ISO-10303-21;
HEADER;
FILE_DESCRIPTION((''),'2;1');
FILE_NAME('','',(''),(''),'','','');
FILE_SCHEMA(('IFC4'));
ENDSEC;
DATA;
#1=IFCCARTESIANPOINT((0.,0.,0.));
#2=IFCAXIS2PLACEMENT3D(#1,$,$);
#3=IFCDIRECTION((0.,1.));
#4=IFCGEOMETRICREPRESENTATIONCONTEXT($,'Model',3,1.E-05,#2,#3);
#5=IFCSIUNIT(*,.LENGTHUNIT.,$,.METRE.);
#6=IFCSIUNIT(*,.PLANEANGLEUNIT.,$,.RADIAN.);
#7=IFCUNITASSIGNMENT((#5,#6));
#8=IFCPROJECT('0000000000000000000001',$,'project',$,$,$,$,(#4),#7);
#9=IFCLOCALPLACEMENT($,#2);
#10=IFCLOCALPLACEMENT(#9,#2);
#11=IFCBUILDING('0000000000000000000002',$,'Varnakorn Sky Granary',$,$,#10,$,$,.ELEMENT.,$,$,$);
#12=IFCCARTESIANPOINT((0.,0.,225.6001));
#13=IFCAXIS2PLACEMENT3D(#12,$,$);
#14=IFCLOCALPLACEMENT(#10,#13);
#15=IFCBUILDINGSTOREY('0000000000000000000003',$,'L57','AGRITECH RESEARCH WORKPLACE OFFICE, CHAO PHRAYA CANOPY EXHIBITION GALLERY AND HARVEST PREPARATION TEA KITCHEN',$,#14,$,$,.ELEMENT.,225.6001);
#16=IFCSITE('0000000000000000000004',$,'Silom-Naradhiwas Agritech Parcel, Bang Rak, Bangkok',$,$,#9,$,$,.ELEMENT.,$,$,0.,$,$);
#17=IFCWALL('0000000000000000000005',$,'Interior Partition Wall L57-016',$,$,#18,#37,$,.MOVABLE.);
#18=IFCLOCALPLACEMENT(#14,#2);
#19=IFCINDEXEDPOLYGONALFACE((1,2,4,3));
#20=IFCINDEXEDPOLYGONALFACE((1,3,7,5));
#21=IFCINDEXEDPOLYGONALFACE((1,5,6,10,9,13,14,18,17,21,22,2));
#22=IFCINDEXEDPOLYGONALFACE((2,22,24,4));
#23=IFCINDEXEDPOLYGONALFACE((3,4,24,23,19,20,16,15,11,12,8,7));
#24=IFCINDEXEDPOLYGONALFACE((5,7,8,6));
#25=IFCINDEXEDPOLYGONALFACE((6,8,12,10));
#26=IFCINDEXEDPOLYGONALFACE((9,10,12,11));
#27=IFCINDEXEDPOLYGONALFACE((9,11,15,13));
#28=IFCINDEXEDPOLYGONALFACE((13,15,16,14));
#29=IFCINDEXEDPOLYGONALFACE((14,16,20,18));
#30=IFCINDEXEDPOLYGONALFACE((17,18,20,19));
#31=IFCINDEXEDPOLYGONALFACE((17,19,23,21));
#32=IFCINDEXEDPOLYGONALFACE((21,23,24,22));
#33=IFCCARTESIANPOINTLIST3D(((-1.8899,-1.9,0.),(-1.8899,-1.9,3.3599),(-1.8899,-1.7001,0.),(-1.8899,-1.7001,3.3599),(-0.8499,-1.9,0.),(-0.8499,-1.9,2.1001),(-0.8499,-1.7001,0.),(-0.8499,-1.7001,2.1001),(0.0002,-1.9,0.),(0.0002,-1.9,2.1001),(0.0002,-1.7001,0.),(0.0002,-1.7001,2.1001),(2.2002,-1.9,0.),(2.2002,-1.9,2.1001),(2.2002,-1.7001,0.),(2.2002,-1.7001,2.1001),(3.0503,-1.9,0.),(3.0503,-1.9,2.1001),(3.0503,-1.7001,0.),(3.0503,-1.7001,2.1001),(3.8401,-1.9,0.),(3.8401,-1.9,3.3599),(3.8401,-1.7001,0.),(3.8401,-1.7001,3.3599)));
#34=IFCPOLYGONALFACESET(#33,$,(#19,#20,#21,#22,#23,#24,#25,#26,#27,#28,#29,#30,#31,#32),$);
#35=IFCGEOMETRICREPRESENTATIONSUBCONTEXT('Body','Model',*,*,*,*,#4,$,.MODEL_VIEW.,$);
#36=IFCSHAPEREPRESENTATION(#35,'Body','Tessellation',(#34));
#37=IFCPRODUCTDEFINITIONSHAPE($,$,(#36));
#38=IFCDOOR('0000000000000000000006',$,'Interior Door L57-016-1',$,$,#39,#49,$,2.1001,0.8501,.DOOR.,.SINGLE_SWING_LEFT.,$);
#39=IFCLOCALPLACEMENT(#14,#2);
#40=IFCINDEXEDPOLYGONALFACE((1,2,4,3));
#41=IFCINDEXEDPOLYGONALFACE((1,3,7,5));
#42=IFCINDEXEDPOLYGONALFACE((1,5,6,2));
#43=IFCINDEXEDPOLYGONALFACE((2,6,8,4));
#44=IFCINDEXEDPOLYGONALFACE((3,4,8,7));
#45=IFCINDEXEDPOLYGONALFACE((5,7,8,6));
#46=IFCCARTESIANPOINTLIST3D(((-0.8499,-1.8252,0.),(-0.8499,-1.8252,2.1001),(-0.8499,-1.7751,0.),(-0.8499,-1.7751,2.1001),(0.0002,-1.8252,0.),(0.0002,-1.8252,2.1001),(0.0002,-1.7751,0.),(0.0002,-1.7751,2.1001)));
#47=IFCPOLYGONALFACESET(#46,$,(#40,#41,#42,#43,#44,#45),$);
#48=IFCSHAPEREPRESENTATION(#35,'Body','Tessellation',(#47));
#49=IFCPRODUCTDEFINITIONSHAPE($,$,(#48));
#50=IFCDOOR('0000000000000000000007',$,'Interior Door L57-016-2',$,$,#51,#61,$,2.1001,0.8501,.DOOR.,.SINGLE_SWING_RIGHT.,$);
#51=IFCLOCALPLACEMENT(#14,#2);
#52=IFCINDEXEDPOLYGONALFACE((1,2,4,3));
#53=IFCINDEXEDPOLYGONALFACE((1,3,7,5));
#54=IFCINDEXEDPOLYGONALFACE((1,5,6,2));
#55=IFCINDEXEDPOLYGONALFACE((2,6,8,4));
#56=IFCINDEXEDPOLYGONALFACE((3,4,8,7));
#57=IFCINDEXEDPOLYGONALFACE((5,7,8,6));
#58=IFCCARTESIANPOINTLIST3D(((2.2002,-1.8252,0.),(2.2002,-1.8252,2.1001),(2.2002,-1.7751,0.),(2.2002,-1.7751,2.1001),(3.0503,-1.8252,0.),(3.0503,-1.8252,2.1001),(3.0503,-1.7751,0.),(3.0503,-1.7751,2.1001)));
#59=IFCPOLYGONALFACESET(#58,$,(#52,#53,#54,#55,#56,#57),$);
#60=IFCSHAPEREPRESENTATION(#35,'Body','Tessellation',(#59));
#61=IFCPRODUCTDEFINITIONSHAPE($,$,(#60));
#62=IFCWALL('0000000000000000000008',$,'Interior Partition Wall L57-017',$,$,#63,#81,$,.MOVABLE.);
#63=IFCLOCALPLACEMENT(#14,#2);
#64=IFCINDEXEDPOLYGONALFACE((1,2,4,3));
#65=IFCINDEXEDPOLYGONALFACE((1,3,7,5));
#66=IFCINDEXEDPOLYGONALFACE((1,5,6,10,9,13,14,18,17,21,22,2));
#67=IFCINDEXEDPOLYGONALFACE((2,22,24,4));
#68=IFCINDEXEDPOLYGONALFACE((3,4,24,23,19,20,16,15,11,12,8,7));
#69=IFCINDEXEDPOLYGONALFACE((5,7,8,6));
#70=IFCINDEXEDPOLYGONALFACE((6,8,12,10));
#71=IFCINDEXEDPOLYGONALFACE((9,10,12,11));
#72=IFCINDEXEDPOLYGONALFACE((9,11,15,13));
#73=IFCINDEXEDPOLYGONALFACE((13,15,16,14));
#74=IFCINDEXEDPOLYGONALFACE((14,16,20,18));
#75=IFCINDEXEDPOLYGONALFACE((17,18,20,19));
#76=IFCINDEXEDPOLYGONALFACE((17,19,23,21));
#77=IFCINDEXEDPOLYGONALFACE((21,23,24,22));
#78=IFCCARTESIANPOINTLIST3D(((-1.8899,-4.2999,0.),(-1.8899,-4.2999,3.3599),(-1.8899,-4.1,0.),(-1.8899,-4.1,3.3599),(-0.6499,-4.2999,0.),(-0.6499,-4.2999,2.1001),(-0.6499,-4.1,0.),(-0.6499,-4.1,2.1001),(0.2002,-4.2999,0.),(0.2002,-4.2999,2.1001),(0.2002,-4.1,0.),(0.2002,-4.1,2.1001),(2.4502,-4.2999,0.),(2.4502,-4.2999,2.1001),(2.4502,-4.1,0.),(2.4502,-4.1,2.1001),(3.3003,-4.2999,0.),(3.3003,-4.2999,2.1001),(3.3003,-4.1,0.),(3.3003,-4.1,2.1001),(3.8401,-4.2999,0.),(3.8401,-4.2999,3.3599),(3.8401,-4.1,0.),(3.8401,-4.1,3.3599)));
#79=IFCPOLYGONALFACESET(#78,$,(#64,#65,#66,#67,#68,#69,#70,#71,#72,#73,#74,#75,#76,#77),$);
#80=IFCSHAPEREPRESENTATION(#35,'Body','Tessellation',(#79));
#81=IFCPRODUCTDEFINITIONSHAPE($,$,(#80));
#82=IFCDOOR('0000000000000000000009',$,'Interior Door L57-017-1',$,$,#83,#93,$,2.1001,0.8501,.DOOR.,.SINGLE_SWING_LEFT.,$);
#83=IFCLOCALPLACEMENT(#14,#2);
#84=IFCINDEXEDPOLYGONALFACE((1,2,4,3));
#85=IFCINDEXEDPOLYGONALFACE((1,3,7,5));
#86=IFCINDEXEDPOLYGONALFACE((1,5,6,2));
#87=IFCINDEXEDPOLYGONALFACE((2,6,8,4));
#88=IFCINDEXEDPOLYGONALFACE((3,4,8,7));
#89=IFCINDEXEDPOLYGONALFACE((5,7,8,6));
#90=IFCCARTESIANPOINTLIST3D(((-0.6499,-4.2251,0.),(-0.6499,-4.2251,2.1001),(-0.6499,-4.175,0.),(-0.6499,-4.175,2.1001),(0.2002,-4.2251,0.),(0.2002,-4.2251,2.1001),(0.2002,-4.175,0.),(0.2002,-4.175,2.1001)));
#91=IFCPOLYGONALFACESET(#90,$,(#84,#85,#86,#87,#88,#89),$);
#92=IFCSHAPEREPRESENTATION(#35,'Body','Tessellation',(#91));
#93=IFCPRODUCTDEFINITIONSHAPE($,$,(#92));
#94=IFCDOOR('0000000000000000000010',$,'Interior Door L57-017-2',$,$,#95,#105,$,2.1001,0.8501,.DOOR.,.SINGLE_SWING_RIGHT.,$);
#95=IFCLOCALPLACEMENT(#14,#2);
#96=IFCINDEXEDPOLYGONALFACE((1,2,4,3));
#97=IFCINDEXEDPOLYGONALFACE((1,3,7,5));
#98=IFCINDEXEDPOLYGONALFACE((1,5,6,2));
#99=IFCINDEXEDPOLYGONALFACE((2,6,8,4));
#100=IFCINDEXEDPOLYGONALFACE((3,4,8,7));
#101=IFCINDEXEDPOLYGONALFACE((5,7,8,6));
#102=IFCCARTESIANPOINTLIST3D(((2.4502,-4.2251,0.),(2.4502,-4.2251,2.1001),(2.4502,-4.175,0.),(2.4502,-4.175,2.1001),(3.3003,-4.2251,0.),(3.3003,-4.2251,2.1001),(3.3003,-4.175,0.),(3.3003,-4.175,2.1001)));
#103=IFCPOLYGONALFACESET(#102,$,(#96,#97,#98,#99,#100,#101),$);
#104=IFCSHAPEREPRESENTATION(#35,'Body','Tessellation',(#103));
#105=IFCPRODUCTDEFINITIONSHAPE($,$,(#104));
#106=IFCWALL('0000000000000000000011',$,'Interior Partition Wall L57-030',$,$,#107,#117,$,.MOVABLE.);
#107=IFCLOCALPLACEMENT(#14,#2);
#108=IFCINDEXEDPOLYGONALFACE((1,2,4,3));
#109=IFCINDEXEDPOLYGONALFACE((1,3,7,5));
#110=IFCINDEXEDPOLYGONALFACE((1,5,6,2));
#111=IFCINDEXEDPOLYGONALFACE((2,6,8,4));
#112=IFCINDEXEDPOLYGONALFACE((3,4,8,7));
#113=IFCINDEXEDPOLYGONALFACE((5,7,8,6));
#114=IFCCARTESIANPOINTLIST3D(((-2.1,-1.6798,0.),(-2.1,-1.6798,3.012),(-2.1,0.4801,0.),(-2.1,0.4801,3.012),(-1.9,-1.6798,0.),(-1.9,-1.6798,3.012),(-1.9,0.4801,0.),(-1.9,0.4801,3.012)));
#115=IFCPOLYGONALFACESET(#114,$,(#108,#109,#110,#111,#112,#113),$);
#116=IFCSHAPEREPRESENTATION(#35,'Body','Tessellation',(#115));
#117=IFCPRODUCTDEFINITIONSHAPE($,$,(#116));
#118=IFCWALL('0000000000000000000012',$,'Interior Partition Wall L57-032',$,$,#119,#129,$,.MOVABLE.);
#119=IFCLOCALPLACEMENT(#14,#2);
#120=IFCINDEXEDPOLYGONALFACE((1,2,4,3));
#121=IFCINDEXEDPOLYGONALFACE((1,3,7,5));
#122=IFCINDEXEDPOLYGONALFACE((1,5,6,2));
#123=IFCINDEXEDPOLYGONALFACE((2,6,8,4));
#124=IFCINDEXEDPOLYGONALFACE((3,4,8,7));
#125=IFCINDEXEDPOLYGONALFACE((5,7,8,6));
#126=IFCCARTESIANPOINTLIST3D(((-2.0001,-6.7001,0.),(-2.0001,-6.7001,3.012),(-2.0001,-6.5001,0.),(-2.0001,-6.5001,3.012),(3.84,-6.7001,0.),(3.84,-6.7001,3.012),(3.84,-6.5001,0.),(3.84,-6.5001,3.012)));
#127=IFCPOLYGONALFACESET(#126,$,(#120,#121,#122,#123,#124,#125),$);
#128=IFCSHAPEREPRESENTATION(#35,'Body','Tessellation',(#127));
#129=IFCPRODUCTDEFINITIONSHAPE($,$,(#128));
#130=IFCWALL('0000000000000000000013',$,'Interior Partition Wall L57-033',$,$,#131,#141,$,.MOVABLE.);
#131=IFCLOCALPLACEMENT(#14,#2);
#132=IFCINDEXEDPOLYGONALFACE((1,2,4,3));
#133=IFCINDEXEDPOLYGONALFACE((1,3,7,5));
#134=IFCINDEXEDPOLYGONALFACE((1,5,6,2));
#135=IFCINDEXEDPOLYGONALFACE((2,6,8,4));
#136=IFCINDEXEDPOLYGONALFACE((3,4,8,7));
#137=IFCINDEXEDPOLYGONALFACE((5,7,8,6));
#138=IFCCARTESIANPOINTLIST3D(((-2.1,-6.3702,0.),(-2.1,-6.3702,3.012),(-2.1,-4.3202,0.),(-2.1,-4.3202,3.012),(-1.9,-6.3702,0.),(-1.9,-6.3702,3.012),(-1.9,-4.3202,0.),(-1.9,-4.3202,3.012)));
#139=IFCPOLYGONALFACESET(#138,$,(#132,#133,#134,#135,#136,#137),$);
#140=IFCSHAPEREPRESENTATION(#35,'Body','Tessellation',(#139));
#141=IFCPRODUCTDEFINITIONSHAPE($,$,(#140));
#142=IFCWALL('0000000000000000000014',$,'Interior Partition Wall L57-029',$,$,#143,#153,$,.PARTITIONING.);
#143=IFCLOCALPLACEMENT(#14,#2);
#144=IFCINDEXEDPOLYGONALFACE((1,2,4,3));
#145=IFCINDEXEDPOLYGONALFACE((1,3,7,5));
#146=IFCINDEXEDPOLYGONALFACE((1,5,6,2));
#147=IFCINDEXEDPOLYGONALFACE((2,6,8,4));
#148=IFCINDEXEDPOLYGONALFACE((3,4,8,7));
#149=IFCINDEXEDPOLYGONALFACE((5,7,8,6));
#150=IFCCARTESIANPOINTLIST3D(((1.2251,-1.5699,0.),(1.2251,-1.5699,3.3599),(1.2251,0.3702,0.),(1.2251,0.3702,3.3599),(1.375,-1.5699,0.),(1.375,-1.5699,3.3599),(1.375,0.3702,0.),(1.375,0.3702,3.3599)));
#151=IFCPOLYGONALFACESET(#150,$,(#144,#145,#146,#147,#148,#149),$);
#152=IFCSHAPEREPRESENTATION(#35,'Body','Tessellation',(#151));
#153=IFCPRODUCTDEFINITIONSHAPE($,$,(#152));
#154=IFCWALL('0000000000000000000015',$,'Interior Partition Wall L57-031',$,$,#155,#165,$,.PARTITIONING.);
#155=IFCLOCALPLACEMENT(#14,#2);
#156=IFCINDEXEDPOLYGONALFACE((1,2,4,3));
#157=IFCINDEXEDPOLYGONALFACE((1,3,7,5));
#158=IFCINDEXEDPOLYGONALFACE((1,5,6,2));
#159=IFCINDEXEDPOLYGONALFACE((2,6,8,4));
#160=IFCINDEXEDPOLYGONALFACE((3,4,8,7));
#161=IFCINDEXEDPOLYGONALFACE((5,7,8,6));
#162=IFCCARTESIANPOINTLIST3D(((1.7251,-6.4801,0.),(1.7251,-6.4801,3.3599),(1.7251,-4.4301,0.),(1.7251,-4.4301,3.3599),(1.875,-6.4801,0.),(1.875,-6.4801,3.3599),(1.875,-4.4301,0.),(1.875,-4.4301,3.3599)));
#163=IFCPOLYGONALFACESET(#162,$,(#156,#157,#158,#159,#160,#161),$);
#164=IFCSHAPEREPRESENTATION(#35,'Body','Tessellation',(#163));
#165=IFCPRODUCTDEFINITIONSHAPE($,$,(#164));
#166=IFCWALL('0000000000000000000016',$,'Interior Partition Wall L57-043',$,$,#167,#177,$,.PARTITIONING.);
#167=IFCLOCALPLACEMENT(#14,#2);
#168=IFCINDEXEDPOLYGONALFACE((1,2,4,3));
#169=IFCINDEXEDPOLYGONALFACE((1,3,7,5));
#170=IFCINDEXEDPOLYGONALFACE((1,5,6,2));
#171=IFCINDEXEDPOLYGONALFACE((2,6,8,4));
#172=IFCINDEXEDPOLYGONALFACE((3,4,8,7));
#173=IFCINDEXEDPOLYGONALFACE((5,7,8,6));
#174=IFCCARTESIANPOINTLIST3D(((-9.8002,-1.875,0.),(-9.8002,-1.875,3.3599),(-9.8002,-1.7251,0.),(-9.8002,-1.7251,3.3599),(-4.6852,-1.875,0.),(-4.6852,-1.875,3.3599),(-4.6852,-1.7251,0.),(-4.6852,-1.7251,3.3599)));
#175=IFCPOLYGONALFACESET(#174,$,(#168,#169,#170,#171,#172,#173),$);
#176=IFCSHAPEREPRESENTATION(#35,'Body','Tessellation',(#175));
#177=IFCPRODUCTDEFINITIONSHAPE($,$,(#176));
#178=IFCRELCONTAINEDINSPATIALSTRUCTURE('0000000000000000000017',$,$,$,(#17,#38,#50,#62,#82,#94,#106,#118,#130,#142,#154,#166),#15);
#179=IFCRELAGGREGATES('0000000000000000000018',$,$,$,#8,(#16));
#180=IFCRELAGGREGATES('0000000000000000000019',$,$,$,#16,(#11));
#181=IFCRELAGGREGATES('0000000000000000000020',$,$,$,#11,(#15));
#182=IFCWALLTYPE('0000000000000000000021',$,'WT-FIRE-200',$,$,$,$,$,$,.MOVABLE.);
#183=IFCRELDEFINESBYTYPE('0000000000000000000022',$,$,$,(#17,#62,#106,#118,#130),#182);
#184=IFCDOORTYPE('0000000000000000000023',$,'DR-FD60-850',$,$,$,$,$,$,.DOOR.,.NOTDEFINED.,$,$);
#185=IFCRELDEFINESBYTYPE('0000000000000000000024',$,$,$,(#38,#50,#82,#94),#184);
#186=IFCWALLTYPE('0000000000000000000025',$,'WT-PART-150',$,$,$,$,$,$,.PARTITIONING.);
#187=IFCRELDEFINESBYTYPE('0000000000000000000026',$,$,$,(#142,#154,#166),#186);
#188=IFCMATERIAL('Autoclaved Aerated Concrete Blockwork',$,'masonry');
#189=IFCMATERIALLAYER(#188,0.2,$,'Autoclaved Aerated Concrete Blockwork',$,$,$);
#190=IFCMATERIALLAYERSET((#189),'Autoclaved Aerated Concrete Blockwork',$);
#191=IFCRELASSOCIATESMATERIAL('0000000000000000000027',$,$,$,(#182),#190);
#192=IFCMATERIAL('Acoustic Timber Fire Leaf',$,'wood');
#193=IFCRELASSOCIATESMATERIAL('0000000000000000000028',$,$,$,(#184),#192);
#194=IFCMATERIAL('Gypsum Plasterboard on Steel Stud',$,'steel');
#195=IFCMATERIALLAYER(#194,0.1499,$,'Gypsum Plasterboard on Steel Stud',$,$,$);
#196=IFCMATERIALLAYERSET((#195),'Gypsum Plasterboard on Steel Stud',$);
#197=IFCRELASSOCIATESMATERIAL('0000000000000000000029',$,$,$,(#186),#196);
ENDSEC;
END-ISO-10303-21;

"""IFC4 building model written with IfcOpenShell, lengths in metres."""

from ifc_helpers import new_model, si_unit, direction, frame, frame_2d, origin, place, context, subcontext, project, spatial, rectangle, extrude, material, layer, layer_set, type_object, element, fill, save


model = new_model("IFC4")

# Units and contexts
model_context = context("Model", 3, precision=1e-05, world=origin(), true_north=direction((0.0, 1.0)))
body_context = subcontext(model_context, "Body", "Model", "MODEL_VIEW")
ifc_project = project(units=[si_unit("LENGTHUNIT", "METRE"), si_unit("PLANEANGLEUNIT", "RADIAN")], contexts=[model_context])

# Site, building, storey
site_placement = place(None, origin())
site = spatial("IfcSite", under=ifc_project, at=site_placement, Name="Silom-Naradhiwas Agritech Parcel, Bang Rak, Bangkok", CompositionType="ELEMENT", RefElevation=0.0)
building_placement = place(site_placement, origin())
building = spatial("IfcBuilding", under=site, at=building_placement, Name="Varnakorn Sky Granary", CompositionType="ELEMENT")
storey_placement = place(building_placement, frame((0.0, 0.0, 225.6001)))
storey = spatial("IfcBuildingStorey", under=building, at=storey_placement, Name="L57", Description="AGRITECH RESEARCH WORKPLACE OFFICE, CHAO PHRAYA CANOPY EXHIBITION GALLERY AND HARVEST PREPARATION TEA KITCHEN", CompositionType="ELEMENT", Elevation=225.6001)

# Shared definitions
ifc_material_1 = material(Name="Autoclaved Aerated Concrete Blockwork", Category="masonry")
ifc_layer_1 = layer(ifc_material_1, 0.2, Name="Autoclaved Aerated Concrete Blockwork")
ifc_layer_set_1 = layer_set([ifc_layer_1], Name="Autoclaved Aerated Concrete Blockwork")
wall_type_1 = type_object("IfcWallType", Name="WT-FIRE-200", PredefinedType="MOVABLE", material=ifc_layer_set_1)
ifc_material_2 = material(Name="Acoustic Timber Fire Leaf", Category="wood")

# Walls, openings, doors
wall_1_placement = place(storey_placement, frame((-1.8899, -1.8, 0.0), z_axis=(0.0, 0.0, 1.0), x_axis=(1.0, 0.0, 0.0)))
wall_1 = element("IfcWall", 1, at=wall_1_placement, inside=storey, type_object=wall_type_1, Name="Interior Partition Wall L57-016", PredefinedType="MOVABLE", context=body_context, shape_type="SweptSolid", body=[
    extrude(rectangle(XDim=5.73, YDim=0.2, at=frame_2d((2.865, 0.0))), origin(), (0.0, 0.0, 1.0), 3.3599),
])
opening_1_placement = place(wall_1_placement, frame((1.04, 0.0, 0.0)))
opening_1 = element("IfcOpeningElement", 2, at=opening_1_placement, cuts=wall_1, PredefinedType="OPENING", context=body_context, shape_type="SweptSolid", body=[
    extrude(rectangle(XDim=0.8501, YDim=2.1001, at=frame_2d((0.425, 1.05))), frame((0.0, 0.1099, 0.0), z_axis=(0.0, -1.0, 0.0), x_axis=(1.0, 0.0, 0.0)), (0.0, 0.0, 1.0), 0.22),
])
opening_2_placement = place(wall_1_placement, frame((4.0901, 0.0, 0.0)))
opening_2 = element("IfcOpeningElement", 3, at=opening_2_placement, cuts=wall_1, PredefinedType="OPENING", context=body_context, shape_type="SweptSolid", body=[
    extrude(rectangle(XDim=0.8501, YDim=2.1001, at=frame_2d((0.425, 1.05))), frame((0.0, 0.1099, 0.0), z_axis=(0.0, -1.0, 0.0), x_axis=(1.0, 0.0, 0.0)), (0.0, 0.0, 1.0), 0.22),
])
door_type_1 = type_object("IfcDoorType", Name="DR-FD60-850", OperationType="NOTDEFINED", PredefinedType="DOOR", material=ifc_material_2)
door_1_placement = place(opening_1_placement, origin())
door_1 = element("IfcDoor", 4, at=door_1_placement, inside=storey, type_object=door_type_1, Name="Interior Door L57-016-1", OperationType="SINGLE_SWING_LEFT", OverallHeight=2.1001, OverallWidth=0.8501, PredefinedType="DOOR", context=body_context, shape_type="SweptSolid", body=[
    extrude(rectangle(XDim=0.8501, YDim=2.1001, at=frame_2d((0.425, 1.05))), frame((0.0, 0.0249, 0.0), z_axis=(0.0, -1.0, 0.0), x_axis=(1.0, 0.0, 0.0)), (0.0, 0.0, 1.0), 0.05),
])
fill(opening_1, door_1)
door_2_placement = place(opening_2_placement, origin())
door_2 = element("IfcDoor", 5, at=door_2_placement, inside=storey, type_object=door_type_1, Name="Interior Door L57-016-2", OperationType="SINGLE_SWING_RIGHT", OverallHeight=2.1001, OverallWidth=0.8501, PredefinedType="DOOR", context=body_context, shape_type="SweptSolid", body=[
    extrude(rectangle(XDim=0.8501, YDim=2.1001, at=frame_2d((0.425, 1.05))), frame((0.0, 0.0249, 0.0), z_axis=(0.0, -1.0, 0.0), x_axis=(1.0, 0.0, 0.0)), (0.0, 0.0, 1.0), 0.05),
])
fill(opening_2, door_2)
wall_2_placement = place(storey_placement, frame((-1.8899, -4.2, 0.0), z_axis=(0.0, 0.0, 1.0), x_axis=(1.0, 0.0, 0.0)))
wall_2 = element("IfcWall", 6, at=wall_2_placement, inside=storey, type_object=wall_type_1, Name="Interior Partition Wall L57-017", PredefinedType="MOVABLE", context=body_context, shape_type="SweptSolid", body=[
    extrude(rectangle(XDim=5.73, YDim=0.2, at=frame_2d((2.865, 0.0))), origin(), (0.0, 0.0, 1.0), 3.3599),
])
opening_3_placement = place(wall_2_placement, frame((1.24, 0.0, 0.0)))
opening_3 = element("IfcOpeningElement", 7, at=opening_3_placement, cuts=wall_2, PredefinedType="OPENING", context=body_context, shape_type="SweptSolid", body=[
    extrude(rectangle(XDim=0.8501, YDim=2.1001, at=frame_2d((0.425, 1.05))), frame((0.0, 0.1099, 0.0), z_axis=(0.0, -1.0, 0.0), x_axis=(1.0, 0.0, 0.0)), (0.0, 0.0, 1.0), 0.22),
])
opening_4_placement = place(wall_2_placement, frame((4.3401, 0.0, 0.0)))
opening_4 = element("IfcOpeningElement", 8, at=opening_4_placement, cuts=wall_2, PredefinedType="OPENING", context=body_context, shape_type="SweptSolid", body=[
    extrude(rectangle(XDim=0.8501, YDim=2.1001, at=frame_2d((0.425, 1.05))), frame((0.0, 0.1099, 0.0), z_axis=(0.0, -1.0, 0.0), x_axis=(1.0, 0.0, 0.0)), (0.0, 0.0, 1.0), 0.22),
])
door_3_placement = place(opening_3_placement, origin())
door_3 = element("IfcDoor", 9, at=door_3_placement, inside=storey, type_object=door_type_1, Name="Interior Door L57-017-1", OperationType="SINGLE_SWING_LEFT", OverallHeight=2.1001, OverallWidth=0.8501, PredefinedType="DOOR", context=body_context, shape_type="SweptSolid", body=[
    extrude(rectangle(XDim=0.8501, YDim=2.1001, at=frame_2d((0.425, 1.05))), frame((0.0, 0.0249, 0.0), z_axis=(0.0, -1.0, 0.0), x_axis=(1.0, 0.0, 0.0)), (0.0, 0.0, 1.0), 0.05),
])
fill(opening_3, door_3)
door_4_placement = place(opening_4_placement, origin())
door_4 = element("IfcDoor", 10, at=door_4_placement, inside=storey, type_object=door_type_1, Name="Interior Door L57-017-2", OperationType="SINGLE_SWING_RIGHT", OverallHeight=2.1001, OverallWidth=0.8501, PredefinedType="DOOR", context=body_context, shape_type="SweptSolid", body=[
    extrude(rectangle(XDim=0.8501, YDim=2.1001, at=frame_2d((0.425, 1.05))), frame((0.0, 0.0249, 0.0), z_axis=(0.0, -1.0, 0.0), x_axis=(1.0, 0.0, 0.0)), (0.0, 0.0, 1.0), 0.05),
])
fill(opening_4, door_4)

# Walls
wall_3_placement = place(storey_placement, frame((-2.0, -1.6799, 0.0), z_axis=(0.0, 0.0, 1.0), x_axis=(0.0, 1.0, 0.0)))
element("IfcWall", 11, at=wall_3_placement, inside=storey, type_object=wall_type_1, Name="Interior Partition Wall L57-030", PredefinedType="MOVABLE", context=body_context, shape_type="SweptSolid", body=[
    extrude(rectangle(XDim=2.1599, YDim=0.2, at=frame_2d((1.0801, 0.0))), origin(), (0.0, 0.0, 1.0), 3.012),
])
wall_4_placement = place(storey_placement, frame((-2.0, -6.6001, 0.0), z_axis=(0.0, 0.0, 1.0), x_axis=(1.0, 0.0, 0.0)))
element("IfcWall", 12, at=wall_4_placement, inside=storey, type_object=wall_type_1, Name="Interior Partition Wall L57-032", PredefinedType="MOVABLE", context=body_context, shape_type="SweptSolid", body=[
    extrude(rectangle(XDim=5.8401, YDim=0.2, at=frame_2d((2.9199, 0.0))), origin(), (0.0, 0.0, 1.0), 3.012),
])
wall_5_placement = place(storey_placement, frame((-2.0, -6.3701, 0.0), z_axis=(0.0, 0.0, 1.0), x_axis=(0.0, 1.0, 0.0)))
element("IfcWall", 13, at=wall_5_placement, inside=storey, type_object=wall_type_1, Name="Interior Partition Wall L57-033", PredefinedType="MOVABLE", context=body_context, shape_type="SweptSolid", body=[
    extrude(rectangle(XDim=2.05, YDim=0.2, at=frame_2d((1.0249, 0.0))), origin(), (0.0, 0.0, 1.0), 3.012),
])
ifc_material_3 = material(Name="Gypsum Plasterboard on Steel Stud", Category="steel")
ifc_layer_2 = layer(ifc_material_3, 0.1499, Name="Gypsum Plasterboard on Steel Stud")
ifc_layer_set_2 = layer_set([ifc_layer_2], Name="Gypsum Plasterboard on Steel Stud")
wall_type_2 = type_object("IfcWallType", Name="WT-PART-150", PredefinedType="PARTITIONING", material=ifc_layer_set_2)
wall_6_placement = place(storey_placement, frame((1.3, -1.5701, 0.0), z_axis=(0.0, 0.0, 1.0), x_axis=(0.0, 1.0, 0.0)))
element("IfcWall", 14, at=wall_6_placement, inside=storey, type_object=wall_type_2, Name="Interior Partition Wall L57-029", PredefinedType="PARTITIONING", context=body_context, shape_type="SweptSolid", body=[
    extrude(rectangle(XDim=1.9402, YDim=0.1499, at=frame_2d((0.9702, 0.0))), origin(), (0.0, 0.0, 1.0), 3.3599),
])
wall_7_placement = place(storey_placement, frame((1.8, -6.48, 0.0), z_axis=(0.0, 0.0, 1.0), x_axis=(0.0, 1.0, 0.0)))
element("IfcWall", 15, at=wall_7_placement, inside=storey, type_object=wall_type_2, Name="Interior Partition Wall L57-031", PredefinedType="PARTITIONING", context=body_context, shape_type="SweptSolid", body=[
    extrude(rectangle(XDim=2.05, YDim=0.1499, at=frame_2d((1.0249, 0.0))), origin(), (0.0, 0.0, 1.0), 3.3599),
])
wall_8_placement = place(storey_placement, frame((-4.6851, -1.8, 0.0), z_axis=(0.0, 0.0, 1.0), x_axis=(-1.0, 0.0, 0.0)))
element("IfcWall", 16, at=wall_8_placement, inside=storey, type_object=wall_type_2, Name="Interior Partition Wall L57-043", PredefinedType="PARTITIONING", context=body_context, shape_type="SweptSolid", body=[
    extrude(rectangle(XDim=5.115, YDim=0.1499, at=frame_2d((2.5576, 0.0))), origin(), (0.0, 0.0, 1.0), 3.3599),
])

save(model, "model.ifc")
